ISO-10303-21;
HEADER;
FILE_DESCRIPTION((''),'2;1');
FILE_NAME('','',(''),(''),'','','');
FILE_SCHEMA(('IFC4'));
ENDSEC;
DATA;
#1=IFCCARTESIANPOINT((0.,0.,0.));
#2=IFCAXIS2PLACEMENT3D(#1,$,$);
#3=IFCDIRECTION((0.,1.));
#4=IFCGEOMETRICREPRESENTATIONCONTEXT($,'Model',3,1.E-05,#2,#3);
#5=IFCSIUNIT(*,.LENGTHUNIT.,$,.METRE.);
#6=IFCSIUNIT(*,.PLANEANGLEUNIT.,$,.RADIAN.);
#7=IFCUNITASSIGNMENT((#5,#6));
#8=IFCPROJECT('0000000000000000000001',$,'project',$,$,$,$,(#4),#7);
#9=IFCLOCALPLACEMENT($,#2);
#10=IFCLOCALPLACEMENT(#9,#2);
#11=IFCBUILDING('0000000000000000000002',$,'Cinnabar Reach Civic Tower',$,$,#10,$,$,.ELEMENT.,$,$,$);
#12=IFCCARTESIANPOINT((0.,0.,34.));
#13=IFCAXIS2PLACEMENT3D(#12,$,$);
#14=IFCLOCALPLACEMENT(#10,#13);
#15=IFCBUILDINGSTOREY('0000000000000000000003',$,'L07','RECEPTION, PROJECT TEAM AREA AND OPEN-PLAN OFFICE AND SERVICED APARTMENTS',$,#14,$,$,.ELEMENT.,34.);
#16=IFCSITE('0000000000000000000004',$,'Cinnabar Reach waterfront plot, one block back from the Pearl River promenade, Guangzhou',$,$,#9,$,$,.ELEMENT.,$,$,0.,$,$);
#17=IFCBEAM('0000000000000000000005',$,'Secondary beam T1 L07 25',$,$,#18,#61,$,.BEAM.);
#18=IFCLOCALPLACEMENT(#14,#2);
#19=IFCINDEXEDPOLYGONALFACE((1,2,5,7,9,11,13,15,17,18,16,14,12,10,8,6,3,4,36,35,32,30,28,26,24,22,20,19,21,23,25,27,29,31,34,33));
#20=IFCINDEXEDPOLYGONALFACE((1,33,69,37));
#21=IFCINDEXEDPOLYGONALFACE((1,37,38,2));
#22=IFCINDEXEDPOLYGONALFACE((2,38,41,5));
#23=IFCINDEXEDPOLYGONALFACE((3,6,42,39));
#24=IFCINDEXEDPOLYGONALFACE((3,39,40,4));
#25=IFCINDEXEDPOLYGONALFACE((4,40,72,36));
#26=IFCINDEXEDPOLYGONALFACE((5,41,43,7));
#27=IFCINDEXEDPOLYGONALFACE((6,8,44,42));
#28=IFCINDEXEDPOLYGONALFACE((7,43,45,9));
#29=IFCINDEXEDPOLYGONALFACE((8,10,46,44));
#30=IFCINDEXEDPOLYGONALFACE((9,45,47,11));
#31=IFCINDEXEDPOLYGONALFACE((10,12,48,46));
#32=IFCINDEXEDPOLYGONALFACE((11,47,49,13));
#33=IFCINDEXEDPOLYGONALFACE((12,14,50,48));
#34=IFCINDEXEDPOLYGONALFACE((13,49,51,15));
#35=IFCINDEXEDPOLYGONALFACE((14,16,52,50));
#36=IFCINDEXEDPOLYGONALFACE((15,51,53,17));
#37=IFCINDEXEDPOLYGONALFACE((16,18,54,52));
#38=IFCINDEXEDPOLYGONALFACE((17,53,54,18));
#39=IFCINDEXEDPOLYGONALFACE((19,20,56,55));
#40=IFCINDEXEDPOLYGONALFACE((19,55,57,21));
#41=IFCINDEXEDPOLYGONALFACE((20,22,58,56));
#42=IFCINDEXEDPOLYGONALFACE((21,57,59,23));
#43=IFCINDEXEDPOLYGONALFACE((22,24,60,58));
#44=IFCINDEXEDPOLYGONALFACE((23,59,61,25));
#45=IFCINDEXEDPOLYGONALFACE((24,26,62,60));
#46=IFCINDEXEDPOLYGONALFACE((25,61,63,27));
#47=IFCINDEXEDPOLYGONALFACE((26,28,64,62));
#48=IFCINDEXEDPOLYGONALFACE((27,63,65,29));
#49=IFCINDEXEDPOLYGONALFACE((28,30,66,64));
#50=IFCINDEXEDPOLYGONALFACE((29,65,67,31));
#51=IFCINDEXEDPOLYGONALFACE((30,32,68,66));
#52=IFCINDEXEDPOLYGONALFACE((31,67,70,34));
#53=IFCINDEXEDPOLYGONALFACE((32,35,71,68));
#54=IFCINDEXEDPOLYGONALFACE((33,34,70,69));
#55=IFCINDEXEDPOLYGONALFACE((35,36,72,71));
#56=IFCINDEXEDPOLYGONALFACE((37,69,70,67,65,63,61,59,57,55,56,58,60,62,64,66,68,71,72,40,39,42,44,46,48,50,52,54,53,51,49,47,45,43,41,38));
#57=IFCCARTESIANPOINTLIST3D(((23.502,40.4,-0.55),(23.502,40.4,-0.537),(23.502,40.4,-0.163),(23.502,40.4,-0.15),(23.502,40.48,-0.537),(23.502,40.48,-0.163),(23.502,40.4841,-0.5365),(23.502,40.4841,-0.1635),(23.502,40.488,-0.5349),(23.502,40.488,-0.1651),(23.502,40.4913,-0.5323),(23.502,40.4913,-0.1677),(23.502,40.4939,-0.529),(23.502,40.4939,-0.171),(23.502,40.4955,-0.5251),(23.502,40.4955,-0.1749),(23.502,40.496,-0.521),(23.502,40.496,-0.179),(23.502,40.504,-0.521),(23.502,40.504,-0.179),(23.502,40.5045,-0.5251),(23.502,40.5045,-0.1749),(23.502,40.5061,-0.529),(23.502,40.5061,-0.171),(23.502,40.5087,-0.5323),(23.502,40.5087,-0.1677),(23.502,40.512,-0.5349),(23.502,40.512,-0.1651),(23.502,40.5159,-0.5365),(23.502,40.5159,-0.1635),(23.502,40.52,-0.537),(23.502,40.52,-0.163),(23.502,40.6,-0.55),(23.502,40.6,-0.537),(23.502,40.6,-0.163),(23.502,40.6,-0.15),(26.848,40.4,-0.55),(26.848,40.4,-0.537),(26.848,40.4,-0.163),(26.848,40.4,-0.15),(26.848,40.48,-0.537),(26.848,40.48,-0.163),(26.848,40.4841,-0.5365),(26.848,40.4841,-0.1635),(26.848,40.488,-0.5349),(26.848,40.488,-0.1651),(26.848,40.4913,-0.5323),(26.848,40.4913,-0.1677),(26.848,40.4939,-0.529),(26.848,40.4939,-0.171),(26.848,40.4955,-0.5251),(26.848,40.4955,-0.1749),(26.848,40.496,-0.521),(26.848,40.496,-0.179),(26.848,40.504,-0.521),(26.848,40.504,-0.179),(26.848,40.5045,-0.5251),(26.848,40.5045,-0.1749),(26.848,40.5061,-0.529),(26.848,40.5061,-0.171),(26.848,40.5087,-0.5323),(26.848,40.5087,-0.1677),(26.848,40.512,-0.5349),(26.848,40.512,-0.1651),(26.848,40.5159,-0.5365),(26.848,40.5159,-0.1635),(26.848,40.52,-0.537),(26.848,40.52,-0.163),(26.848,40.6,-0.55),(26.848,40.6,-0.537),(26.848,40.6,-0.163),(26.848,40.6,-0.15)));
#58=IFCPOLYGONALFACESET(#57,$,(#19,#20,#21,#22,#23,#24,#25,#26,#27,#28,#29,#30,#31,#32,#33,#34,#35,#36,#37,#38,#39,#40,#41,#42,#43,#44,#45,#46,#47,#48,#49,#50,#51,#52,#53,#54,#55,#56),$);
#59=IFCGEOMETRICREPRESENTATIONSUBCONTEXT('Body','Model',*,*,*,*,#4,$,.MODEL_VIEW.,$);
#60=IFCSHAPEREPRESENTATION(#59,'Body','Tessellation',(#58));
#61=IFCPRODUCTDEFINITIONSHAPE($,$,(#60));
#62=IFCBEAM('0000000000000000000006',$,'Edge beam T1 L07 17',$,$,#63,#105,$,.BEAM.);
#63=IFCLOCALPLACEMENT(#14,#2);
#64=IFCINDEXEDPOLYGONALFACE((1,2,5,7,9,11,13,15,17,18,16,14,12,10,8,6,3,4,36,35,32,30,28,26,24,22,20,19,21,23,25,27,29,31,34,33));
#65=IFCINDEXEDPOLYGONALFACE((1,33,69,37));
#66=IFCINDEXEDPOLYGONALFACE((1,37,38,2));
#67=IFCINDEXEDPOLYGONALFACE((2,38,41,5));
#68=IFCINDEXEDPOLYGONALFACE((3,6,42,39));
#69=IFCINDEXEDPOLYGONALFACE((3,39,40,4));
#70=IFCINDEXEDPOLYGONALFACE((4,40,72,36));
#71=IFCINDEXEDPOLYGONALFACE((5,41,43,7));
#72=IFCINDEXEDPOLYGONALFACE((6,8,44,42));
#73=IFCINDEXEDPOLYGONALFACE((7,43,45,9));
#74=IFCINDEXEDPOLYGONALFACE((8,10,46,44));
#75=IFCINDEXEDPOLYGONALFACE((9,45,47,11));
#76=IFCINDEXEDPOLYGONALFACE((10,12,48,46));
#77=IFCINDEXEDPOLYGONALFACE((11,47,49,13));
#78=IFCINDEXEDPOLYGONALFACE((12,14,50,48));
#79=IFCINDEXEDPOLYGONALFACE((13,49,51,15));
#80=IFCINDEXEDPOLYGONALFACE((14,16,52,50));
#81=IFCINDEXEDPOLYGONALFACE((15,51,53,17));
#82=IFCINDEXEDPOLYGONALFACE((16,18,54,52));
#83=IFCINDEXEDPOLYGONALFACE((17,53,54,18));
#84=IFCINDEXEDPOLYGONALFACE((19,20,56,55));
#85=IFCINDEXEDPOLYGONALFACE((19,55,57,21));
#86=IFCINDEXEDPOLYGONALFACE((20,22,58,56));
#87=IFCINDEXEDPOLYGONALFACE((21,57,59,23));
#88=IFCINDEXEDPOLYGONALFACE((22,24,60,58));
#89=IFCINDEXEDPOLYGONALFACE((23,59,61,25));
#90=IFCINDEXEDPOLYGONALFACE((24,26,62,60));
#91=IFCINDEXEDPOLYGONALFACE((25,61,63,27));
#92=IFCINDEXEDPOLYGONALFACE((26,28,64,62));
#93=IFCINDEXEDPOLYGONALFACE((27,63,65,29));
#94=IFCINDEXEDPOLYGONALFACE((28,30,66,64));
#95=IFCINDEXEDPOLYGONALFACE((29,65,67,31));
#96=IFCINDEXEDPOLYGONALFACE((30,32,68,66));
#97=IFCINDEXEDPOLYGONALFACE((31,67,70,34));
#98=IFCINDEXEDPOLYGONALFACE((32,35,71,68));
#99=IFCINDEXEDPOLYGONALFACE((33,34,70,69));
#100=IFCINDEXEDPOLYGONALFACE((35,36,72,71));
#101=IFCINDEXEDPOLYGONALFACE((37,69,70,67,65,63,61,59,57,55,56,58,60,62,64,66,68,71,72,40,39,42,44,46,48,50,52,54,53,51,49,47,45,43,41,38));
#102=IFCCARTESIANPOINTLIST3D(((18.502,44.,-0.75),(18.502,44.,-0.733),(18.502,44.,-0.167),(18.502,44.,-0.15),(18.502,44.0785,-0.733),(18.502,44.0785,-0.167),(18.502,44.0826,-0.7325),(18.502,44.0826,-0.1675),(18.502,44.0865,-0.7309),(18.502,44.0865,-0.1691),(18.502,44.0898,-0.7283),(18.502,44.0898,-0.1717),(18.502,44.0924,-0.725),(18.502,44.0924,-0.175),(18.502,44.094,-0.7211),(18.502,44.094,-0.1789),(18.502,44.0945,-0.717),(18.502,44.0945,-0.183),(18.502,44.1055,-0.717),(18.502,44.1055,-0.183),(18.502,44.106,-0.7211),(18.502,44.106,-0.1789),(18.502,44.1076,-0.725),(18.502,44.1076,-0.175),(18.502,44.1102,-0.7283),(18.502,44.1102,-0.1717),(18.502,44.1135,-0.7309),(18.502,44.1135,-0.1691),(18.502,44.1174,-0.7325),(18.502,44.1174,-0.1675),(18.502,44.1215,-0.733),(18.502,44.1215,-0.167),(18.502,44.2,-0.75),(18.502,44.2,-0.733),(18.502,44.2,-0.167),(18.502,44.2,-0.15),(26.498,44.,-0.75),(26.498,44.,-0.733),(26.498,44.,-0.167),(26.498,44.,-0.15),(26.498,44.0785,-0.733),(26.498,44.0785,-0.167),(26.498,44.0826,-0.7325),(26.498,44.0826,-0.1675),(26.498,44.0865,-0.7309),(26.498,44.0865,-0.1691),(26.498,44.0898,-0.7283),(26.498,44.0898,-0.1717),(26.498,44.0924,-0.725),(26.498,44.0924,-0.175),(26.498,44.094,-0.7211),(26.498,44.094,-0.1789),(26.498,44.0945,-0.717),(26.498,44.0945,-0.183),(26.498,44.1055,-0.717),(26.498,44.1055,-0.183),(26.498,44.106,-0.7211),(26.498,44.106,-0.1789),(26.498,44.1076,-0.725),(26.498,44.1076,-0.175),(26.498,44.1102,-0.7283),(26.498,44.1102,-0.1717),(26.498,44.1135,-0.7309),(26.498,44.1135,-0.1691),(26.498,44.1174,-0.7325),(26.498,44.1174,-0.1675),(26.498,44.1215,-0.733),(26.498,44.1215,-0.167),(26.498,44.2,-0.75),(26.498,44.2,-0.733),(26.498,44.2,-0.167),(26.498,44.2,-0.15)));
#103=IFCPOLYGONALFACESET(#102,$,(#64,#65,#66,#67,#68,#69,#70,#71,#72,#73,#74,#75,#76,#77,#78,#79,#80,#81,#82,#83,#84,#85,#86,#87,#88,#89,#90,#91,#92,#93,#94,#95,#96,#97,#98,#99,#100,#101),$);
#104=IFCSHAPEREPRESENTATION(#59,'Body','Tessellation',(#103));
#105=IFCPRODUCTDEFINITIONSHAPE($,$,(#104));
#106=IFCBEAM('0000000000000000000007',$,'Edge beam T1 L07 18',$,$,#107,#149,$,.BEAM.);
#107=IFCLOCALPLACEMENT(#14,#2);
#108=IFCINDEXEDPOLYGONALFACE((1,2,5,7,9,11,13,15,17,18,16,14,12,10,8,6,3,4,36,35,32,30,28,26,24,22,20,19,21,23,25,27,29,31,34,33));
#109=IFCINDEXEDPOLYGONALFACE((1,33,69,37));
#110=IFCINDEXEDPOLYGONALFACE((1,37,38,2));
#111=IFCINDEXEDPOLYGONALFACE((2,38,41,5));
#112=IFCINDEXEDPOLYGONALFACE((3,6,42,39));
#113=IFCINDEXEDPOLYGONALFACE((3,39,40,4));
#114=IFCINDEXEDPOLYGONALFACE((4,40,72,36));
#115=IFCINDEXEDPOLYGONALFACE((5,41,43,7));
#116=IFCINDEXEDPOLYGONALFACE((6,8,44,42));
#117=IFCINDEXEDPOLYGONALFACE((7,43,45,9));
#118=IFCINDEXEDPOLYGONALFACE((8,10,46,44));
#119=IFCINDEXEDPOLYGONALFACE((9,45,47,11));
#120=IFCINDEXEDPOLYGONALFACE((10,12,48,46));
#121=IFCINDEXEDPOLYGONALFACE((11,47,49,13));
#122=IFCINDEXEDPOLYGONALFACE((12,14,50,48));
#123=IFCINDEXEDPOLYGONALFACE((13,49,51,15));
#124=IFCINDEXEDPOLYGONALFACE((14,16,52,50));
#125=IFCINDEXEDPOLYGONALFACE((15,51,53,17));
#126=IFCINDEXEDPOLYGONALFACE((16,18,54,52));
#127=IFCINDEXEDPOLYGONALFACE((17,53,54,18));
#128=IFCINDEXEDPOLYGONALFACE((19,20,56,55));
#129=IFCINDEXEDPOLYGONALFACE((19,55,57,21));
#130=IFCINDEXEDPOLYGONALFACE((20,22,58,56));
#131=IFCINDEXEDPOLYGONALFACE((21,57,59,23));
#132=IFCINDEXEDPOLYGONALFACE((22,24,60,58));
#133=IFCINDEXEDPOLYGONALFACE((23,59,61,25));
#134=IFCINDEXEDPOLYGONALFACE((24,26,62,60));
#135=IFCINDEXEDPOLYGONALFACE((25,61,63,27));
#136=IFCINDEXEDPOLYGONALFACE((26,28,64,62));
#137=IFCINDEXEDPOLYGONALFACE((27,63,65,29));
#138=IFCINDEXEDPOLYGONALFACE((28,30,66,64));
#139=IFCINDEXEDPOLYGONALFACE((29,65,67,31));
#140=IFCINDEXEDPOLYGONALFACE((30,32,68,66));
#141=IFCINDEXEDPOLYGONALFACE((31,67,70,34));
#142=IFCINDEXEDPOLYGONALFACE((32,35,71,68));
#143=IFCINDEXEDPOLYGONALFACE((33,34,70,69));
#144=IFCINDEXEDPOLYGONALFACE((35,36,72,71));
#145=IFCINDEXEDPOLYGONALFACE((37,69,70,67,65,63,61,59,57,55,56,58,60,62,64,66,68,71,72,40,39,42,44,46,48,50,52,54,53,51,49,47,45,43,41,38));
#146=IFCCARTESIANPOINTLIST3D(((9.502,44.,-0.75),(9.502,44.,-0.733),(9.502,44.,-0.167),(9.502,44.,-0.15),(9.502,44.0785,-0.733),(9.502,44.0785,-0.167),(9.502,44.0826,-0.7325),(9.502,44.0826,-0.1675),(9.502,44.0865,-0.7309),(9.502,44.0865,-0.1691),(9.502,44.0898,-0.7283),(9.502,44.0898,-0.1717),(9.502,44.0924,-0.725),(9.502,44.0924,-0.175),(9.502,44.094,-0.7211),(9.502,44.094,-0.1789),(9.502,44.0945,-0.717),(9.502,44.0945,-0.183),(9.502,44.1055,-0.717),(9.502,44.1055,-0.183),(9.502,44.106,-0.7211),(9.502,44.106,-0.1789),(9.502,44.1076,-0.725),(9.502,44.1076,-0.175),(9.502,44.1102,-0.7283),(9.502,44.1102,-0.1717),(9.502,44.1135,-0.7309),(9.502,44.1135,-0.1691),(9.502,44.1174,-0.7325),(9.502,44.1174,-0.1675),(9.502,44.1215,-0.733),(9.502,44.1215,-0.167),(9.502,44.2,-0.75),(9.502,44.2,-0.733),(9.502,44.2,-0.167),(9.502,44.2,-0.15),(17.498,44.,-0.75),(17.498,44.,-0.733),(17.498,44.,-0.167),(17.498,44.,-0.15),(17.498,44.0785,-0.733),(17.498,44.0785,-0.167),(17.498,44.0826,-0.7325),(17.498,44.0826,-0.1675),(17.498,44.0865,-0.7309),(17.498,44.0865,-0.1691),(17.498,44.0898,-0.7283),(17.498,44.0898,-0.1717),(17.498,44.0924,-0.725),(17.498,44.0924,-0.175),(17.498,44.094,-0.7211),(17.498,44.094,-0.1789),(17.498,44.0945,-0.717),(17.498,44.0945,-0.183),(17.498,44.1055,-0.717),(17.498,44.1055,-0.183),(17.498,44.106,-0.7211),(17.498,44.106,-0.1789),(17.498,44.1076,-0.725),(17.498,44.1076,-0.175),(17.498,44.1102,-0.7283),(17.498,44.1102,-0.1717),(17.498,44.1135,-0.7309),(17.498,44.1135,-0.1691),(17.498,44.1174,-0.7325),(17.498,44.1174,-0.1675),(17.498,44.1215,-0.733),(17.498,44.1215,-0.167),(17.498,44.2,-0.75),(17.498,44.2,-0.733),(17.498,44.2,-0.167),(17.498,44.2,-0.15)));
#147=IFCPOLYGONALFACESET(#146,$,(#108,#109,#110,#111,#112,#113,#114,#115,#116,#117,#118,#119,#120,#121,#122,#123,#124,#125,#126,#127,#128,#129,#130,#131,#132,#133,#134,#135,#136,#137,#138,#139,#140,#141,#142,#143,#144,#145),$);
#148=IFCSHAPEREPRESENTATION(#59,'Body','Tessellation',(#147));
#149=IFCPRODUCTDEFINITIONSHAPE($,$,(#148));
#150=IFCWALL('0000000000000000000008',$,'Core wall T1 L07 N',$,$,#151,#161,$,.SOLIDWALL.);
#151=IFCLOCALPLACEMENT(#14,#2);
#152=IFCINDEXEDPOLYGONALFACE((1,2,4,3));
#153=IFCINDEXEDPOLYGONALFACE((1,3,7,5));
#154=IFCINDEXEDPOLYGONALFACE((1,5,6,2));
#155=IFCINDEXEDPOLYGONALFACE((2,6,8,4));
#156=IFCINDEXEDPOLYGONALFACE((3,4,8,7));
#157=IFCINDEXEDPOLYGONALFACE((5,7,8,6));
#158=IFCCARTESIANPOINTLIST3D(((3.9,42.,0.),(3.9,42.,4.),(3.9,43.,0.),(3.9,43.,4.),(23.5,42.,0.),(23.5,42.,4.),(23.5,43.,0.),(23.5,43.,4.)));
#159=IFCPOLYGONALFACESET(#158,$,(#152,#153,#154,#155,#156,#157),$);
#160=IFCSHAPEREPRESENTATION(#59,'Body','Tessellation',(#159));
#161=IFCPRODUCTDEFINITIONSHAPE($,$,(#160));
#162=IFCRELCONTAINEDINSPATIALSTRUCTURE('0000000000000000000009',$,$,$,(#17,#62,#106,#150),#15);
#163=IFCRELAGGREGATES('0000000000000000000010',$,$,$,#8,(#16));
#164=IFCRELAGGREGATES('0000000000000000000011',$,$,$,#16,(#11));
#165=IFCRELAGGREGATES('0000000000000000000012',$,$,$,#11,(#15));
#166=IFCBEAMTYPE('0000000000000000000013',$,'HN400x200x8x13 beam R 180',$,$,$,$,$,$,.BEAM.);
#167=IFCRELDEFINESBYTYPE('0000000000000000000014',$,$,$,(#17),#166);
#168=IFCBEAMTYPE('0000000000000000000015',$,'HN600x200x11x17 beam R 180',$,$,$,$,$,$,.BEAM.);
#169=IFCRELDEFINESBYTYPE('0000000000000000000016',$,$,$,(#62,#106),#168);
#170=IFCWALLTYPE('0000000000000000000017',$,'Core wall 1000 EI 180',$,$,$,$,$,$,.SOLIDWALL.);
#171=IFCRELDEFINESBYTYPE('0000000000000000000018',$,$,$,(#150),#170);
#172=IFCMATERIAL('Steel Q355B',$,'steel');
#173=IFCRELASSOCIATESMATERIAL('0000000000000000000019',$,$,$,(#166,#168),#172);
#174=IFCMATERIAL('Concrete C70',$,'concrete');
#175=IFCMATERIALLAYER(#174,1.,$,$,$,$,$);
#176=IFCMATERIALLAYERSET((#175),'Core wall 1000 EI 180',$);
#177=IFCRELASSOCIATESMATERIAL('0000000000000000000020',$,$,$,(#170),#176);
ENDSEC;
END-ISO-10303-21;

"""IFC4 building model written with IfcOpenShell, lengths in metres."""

from ifc_helpers import new_model, si_unit, direction, frame, frame_2d, origin, origin_2d, place, context, subcontext, project, spatial, rectangle, i_section, extrude, material, layer, layer_set, material_profile, profile_set, type_object, element, save


model = new_model("IFC4")

# Units and contexts
model_context = context("Model", 3, precision=1e-05, world=origin(), true_north=direction((0.0, 1.0)))
body_context = subcontext(model_context, "Body", "Model", "MODEL_VIEW")
ifc_project = project(units=[si_unit("LENGTHUNIT", "METRE"), si_unit("PLANEANGLEUNIT", "RADIAN")], contexts=[model_context])

# Site, building, storey
site_placement = place(None, origin())
site = spatial("IfcSite", under=ifc_project, at=site_placement, Name="Cinnabar Reach waterfront plot, one block back from the Pearl River promenade, Guangzhou", CompositionType="ELEMENT", RefElevation=0.0)
building_placement = place(site_placement, origin())
building = spatial("IfcBuilding", under=site, at=building_placement, Name="Cinnabar Reach Civic Tower", CompositionType="ELEMENT")
storey_placement = place(building_placement, frame((0.0, 0.0, 34.0)))
storey = spatial("IfcBuildingStorey", under=building, at=storey_placement, Name="L07", Description="RECEPTION, PROJECT TEAM AREA AND OPEN-PLAN OFFICE AND SERVICED APARTMENTS", CompositionType="ELEMENT", Elevation=34.0)

# Shared definitions
ifc_material_1 = material(Name="Concrete C70", Category="concrete")

# Beams
ifc_material_2 = material(Name="Steel Q355B", Category="steel")
ifc_material_profile_1 = material_profile(ifc_material_2, i_section(OverallWidth=0.2, OverallDepth=0.4, WebThickness=0.008, FlangeThickness=0.013, FilletRadius=0.016, at=origin_2d()), Name="HN400x200x8x13")
ifc_profile_set_1 = profile_set([ifc_material_profile_1], Name="Steel Q355B")
beam_type_1 = type_object("IfcBeamType", Name="HN400x200x8x13 beam R 180", PredefinedType="BEAM", material=ifc_profile_set_1)
for number, where, z_axis, x_axis, name in (
    (1, (23.502, 40.5, -0.35), (1.0, 0.0, 0.0), (0.0, 1.0, 0.0), "Secondary beam T1 L07 25"),
):
    element("IfcBeam", number, at=place(storey_placement, frame(where, z_axis=z_axis, x_axis=x_axis)), inside=storey, type_object=beam_type_1, Name=name, PredefinedType="BEAM", context=body_context, shape_type="SweptSolid", body=[
        extrude(i_section(OverallWidth=0.2, OverallDepth=0.4, WebThickness=0.008, FlangeThickness=0.013, FilletRadius=0.016, at=origin_2d()), origin(), (0.0, 0.0, 1.0), 3.346),
    ])
ifc_material_profile_2 = material_profile(ifc_material_2, i_section(OverallWidth=0.2, OverallDepth=0.6, WebThickness=0.011, FlangeThickness=0.017, FilletRadius=0.016, at=origin_2d()), Name="HN600x200x11x17")
ifc_profile_set_2 = profile_set([ifc_material_profile_2], Name="Steel Q355B")
beam_type_2 = type_object("IfcBeamType", Name="HN600x200x11x17 beam R 180", PredefinedType="BEAM", material=ifc_profile_set_2)
for number, where, z_axis, x_axis, name in (
    (2, (26.498, 44.1, -0.45), (-1.0, 0.0, 0.0), (0.0, -1.0, 0.0), "Edge beam T1 L07 17"),
    (3, (17.498, 44.1, -0.45), (-1.0, 0.0, 0.0), (0.0, -1.0, 0.0), "Edge beam T1 L07 18"),
):
    element("IfcBeam", number, at=place(storey_placement, frame(where, z_axis=z_axis, x_axis=x_axis)), inside=storey, type_object=beam_type_2, Name=name, PredefinedType="BEAM", context=body_context, shape_type="SweptSolid", body=[
        extrude(i_section(OverallWidth=0.2, OverallDepth=0.6, WebThickness=0.011, FlangeThickness=0.017, FilletRadius=0.016, at=origin_2d()), origin(), (0.0, 0.0, 1.0), 7.996),
    ])

# Wall
ifc_layer_1 = layer(ifc_material_1, 1.0)
ifc_layer_set_1 = layer_set([ifc_layer_1], Name="Core wall 1000 EI 180")
wall_type_1 = type_object("IfcWallType", Name="Core wall 1000 EI 180", PredefinedType="SOLIDWALL", material=ifc_layer_set_1)
wall_1_placement = place(storey_placement, frame((23.5, 42.5, 0.0), z_axis=(0.0, 0.0, 1.0), x_axis=(-1.0, 0.0, 0.0)))
element("IfcWall", 4, at=wall_1_placement, inside=storey, type_object=wall_type_1, Name="Core wall T1 L07 N", PredefinedType="SOLIDWALL", context=body_context, shape_type="SweptSolid", body=[
    extrude(rectangle(XDim=19.6, YDim=1.0, at=frame_2d((9.8, 0.0))), origin(), (0.0, 0.0, 1.0), 4.0),
])

save(model, "model.ifc")
